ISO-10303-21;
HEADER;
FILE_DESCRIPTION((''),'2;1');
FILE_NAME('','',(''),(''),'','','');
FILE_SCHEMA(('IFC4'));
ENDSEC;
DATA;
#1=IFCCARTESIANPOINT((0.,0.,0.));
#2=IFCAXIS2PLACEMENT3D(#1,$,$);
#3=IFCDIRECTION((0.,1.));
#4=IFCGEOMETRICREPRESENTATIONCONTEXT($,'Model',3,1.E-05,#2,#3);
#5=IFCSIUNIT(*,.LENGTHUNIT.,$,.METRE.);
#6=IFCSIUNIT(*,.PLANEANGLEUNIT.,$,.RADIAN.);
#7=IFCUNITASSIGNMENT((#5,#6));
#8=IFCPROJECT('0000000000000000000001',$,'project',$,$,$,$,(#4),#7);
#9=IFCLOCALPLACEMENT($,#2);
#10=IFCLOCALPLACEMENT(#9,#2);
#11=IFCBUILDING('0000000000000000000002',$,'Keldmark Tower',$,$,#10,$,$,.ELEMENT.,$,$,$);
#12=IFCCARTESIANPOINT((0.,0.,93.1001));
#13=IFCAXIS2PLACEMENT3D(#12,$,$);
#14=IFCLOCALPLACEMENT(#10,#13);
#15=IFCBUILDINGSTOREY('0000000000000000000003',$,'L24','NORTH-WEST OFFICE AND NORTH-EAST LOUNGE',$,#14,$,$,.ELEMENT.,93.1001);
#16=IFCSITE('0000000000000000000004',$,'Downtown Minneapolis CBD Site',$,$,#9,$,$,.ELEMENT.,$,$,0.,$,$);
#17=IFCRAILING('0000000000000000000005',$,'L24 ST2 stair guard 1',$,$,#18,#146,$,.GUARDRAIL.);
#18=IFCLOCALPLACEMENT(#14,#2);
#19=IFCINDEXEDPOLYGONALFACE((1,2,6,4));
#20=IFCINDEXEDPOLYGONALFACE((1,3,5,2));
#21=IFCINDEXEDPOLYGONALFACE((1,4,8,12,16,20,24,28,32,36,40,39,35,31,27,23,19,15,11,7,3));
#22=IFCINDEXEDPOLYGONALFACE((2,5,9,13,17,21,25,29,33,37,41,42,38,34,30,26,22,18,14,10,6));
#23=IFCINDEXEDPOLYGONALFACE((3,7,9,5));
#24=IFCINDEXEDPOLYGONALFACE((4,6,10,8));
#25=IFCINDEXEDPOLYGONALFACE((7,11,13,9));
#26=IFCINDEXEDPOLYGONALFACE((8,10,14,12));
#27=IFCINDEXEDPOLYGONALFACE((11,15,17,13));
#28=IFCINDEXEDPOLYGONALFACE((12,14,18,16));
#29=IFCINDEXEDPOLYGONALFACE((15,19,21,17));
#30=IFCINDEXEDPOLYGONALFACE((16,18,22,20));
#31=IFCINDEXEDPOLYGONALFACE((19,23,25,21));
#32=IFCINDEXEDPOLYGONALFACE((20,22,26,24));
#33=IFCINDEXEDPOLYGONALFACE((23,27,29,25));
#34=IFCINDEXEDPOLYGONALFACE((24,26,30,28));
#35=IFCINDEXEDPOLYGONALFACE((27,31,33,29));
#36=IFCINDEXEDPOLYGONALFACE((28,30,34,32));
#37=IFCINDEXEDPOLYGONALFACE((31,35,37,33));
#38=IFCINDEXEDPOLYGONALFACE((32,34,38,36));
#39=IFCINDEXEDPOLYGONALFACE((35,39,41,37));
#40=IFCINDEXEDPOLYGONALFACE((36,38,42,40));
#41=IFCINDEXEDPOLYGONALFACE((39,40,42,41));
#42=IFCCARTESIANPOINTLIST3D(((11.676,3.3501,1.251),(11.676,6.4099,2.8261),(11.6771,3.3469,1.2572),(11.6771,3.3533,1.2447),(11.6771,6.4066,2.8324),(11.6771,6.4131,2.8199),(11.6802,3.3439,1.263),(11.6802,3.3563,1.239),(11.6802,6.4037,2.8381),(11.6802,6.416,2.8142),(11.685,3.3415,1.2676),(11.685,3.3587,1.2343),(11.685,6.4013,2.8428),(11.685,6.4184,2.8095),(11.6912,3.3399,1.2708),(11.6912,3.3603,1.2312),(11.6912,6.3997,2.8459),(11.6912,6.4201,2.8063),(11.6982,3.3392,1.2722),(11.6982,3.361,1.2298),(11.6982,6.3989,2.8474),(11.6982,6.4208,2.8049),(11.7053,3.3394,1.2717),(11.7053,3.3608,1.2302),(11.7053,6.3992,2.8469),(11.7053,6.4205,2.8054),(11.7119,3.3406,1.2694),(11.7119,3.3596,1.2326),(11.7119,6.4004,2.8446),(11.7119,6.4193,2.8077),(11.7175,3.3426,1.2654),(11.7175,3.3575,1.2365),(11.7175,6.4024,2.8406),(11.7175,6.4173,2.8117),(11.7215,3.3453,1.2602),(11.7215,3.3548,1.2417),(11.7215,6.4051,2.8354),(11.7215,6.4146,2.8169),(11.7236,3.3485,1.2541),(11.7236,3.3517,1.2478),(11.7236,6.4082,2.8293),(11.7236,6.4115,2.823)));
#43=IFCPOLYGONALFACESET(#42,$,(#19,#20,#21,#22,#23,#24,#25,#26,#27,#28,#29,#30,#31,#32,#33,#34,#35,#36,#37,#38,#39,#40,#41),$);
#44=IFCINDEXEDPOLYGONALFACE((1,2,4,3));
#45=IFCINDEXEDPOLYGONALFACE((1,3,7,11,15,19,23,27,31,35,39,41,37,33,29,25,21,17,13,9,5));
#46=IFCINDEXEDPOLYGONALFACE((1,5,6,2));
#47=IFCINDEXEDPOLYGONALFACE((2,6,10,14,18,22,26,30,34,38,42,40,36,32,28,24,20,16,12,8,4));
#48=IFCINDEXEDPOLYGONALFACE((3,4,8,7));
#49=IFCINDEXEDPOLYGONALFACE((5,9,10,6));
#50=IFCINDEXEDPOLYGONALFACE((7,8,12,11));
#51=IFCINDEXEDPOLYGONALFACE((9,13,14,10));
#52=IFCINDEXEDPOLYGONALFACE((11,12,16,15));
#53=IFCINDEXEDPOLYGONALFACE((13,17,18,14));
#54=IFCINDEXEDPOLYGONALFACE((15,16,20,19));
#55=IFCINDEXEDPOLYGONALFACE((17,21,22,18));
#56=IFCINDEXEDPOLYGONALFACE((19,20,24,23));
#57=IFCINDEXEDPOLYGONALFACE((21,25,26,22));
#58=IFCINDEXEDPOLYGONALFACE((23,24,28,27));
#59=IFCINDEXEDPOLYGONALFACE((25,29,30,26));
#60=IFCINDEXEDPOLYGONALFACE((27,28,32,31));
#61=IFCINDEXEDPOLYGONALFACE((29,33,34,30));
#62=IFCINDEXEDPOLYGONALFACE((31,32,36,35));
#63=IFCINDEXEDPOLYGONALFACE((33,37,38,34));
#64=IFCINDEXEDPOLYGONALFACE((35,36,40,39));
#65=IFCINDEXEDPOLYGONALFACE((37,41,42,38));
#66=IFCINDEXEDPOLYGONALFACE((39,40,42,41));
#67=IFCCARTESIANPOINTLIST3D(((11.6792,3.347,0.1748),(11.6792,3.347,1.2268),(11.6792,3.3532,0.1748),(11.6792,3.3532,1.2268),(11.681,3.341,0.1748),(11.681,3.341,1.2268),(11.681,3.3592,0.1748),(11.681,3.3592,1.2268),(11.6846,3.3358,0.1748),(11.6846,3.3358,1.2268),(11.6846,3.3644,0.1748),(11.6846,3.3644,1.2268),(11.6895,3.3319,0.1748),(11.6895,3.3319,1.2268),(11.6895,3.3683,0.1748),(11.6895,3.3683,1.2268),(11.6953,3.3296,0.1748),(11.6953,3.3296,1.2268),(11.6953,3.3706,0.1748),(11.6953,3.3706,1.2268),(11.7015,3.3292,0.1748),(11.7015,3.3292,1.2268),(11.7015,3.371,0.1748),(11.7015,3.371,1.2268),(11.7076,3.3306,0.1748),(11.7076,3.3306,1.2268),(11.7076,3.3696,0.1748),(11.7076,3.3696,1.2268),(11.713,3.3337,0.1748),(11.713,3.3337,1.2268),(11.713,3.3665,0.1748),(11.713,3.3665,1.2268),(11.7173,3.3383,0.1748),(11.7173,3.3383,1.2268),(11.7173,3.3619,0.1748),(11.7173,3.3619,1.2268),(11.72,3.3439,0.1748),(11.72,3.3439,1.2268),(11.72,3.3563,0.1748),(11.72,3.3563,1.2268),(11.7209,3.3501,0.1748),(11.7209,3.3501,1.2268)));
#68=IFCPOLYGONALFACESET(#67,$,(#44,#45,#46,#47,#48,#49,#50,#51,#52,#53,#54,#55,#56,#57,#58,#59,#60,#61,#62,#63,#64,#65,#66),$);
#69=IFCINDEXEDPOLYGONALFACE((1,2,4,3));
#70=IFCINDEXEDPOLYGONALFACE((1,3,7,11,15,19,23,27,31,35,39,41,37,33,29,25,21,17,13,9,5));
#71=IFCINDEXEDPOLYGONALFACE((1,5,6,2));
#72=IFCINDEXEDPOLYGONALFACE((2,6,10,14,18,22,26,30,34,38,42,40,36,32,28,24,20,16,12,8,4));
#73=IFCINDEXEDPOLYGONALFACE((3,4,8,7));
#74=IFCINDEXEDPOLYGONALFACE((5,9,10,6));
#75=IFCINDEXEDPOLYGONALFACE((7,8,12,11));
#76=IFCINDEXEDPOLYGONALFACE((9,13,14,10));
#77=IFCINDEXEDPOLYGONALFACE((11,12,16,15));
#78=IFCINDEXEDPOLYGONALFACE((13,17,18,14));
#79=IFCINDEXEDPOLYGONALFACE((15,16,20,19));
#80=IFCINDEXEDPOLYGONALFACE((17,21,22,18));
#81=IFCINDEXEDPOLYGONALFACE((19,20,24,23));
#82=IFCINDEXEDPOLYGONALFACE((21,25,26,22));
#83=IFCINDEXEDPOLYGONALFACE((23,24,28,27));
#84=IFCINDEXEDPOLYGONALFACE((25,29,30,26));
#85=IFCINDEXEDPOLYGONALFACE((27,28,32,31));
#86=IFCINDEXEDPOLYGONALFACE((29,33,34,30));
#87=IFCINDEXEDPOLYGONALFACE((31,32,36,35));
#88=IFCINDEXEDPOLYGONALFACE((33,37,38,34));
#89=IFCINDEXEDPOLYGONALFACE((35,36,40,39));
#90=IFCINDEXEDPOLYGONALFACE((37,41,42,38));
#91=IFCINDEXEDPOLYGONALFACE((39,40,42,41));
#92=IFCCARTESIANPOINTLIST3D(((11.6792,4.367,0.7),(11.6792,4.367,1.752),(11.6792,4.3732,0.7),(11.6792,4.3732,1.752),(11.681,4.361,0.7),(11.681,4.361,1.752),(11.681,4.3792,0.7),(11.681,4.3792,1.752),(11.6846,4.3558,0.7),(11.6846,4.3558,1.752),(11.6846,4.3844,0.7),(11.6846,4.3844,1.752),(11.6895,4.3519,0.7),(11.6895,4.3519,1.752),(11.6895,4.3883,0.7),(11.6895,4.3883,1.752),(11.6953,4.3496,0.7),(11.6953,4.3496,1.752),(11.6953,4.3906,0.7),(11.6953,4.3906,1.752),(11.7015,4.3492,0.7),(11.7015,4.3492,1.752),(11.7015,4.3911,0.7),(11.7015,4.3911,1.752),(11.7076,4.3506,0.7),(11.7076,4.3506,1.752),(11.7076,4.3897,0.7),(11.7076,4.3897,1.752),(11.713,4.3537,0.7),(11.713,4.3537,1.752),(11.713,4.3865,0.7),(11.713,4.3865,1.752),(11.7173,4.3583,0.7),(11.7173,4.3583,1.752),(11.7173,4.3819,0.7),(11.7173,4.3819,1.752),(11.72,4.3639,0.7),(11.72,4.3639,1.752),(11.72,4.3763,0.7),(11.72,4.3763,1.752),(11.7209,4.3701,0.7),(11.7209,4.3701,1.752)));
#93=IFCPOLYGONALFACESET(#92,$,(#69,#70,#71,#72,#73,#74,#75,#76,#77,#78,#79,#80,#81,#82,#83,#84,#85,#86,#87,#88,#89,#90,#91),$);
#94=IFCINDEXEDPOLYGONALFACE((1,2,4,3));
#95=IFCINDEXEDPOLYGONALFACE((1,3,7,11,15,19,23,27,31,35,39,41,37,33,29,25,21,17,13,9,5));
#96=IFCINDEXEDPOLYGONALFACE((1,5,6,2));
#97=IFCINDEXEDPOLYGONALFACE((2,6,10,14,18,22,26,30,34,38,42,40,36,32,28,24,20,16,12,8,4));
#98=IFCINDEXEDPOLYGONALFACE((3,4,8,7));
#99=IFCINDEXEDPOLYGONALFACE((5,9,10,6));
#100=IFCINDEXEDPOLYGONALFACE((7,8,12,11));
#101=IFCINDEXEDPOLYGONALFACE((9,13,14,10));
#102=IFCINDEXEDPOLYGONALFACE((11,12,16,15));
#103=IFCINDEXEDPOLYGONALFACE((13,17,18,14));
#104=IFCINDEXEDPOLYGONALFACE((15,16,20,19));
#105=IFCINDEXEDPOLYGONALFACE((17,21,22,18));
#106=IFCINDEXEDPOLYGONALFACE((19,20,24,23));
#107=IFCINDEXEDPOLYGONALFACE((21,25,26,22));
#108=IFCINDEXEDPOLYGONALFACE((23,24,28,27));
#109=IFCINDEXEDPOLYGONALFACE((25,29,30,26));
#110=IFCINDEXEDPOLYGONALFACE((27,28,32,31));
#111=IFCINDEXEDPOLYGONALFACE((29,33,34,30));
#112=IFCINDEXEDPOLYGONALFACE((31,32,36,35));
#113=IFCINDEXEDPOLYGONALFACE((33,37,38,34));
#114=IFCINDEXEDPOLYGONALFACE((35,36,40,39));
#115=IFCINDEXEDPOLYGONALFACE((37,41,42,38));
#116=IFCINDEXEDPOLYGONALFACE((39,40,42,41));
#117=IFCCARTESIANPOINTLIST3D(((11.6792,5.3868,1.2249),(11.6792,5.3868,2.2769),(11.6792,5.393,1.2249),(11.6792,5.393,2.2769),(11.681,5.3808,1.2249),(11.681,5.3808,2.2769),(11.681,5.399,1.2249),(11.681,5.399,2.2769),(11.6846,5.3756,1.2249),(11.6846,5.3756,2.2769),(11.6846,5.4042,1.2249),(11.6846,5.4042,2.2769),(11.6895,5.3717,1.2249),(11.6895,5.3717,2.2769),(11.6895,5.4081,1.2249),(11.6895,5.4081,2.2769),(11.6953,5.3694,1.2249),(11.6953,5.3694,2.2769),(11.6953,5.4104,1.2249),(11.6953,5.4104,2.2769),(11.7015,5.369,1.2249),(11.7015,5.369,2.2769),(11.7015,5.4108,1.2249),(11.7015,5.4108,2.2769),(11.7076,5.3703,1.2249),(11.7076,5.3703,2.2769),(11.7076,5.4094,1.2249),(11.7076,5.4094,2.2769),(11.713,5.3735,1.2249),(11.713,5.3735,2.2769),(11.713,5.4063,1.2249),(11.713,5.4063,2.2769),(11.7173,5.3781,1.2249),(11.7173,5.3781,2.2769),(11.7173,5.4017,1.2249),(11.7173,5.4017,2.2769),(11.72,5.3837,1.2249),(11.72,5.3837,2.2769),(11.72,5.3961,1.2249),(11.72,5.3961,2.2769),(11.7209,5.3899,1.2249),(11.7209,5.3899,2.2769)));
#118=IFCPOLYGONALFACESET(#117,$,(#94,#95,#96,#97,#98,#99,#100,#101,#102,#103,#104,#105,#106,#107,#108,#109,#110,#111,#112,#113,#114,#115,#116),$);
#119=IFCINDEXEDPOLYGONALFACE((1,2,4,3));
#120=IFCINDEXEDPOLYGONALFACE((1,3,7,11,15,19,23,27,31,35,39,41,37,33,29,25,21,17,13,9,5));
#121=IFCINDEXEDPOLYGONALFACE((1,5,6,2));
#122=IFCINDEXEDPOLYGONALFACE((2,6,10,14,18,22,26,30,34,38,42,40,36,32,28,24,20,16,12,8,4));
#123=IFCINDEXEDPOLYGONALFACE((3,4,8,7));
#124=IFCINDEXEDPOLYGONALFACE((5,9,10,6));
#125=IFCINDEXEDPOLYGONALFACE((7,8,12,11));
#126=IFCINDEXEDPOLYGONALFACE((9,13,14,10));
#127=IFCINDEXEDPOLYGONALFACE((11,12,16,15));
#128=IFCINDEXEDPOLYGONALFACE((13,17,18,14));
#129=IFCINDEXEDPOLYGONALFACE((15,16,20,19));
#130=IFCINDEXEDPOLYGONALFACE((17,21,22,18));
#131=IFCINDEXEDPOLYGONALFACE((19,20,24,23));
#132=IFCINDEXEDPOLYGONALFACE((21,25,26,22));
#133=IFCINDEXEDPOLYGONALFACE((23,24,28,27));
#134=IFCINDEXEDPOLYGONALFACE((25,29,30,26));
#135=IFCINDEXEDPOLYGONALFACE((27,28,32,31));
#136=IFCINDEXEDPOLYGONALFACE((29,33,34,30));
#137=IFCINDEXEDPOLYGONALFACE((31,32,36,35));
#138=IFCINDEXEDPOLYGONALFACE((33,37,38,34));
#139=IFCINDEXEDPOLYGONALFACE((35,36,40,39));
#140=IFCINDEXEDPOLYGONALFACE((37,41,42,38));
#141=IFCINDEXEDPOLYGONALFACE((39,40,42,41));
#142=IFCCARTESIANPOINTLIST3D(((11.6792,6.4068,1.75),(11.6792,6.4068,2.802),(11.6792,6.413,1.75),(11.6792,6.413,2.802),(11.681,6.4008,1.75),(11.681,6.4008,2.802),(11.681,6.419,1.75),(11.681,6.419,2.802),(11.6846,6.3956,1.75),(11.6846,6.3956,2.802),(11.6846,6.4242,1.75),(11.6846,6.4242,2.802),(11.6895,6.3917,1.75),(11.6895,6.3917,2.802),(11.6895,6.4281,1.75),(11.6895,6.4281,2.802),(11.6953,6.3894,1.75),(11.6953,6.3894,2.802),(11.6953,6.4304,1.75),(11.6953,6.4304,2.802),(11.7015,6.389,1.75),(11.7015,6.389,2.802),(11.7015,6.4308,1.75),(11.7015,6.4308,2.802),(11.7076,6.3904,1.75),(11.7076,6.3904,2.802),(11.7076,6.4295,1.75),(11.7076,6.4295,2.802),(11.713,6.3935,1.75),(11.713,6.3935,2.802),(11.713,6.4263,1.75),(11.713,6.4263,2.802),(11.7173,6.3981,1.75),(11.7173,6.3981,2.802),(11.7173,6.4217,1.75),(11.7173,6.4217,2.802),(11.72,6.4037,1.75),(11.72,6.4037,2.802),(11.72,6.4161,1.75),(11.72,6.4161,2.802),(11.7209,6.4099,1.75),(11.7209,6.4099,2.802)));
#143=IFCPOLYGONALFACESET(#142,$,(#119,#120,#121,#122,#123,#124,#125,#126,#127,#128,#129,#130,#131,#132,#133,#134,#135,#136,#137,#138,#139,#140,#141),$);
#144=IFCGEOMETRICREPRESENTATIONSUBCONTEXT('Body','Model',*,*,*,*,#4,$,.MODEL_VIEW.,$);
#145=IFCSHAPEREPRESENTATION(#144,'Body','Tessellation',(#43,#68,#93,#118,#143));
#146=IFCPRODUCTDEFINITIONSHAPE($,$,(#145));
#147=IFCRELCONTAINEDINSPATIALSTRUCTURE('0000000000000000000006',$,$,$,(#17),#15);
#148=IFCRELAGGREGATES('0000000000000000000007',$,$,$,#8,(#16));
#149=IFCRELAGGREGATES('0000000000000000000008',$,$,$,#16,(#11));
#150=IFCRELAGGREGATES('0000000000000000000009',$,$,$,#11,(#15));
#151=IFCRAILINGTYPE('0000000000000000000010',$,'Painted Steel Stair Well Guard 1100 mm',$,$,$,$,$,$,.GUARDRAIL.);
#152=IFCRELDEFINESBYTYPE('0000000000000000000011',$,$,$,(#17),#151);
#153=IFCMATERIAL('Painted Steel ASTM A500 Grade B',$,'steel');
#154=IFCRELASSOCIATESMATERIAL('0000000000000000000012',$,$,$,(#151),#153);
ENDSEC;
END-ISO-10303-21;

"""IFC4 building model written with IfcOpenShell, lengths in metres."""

from ifc_helpers import new_model, si_unit, direction, frame, origin, origin_2d, place, context, subcontext, project, spatial, circle, extrude, material, type_object, element, save


model = new_model("IFC4")

# Units and contexts
model_context = context("Model", 3, precision=1e-05, world=origin(), true_north=direction((0.0, 1.0)))
body_context = subcontext(model_context, "Body", "Model", "MODEL_VIEW")
ifc_project = project(units=[si_unit("LENGTHUNIT", "METRE"), si_unit("PLANEANGLEUNIT", "RADIAN")], contexts=[model_context])

# Site, building, storey
site_placement = place(None, origin())
site = spatial("IfcSite", under=ifc_project, at=site_placement, Name="Downtown Minneapolis CBD Site", CompositionType="ELEMENT", RefElevation=0.0)
building_placement = place(site_placement, origin())
building = spatial("IfcBuilding", under=site, at=building_placement, Name="Keldmark Tower", CompositionType="ELEMENT")
storey_placement = place(building_placement, frame((0.0, 0.0, 93.1001)))
storey = spatial("IfcBuildingStorey", under=building, at=storey_placement, Name="L24", Description="NORTH-WEST OFFICE AND NORTH-EAST LOUNGE", CompositionType="ELEMENT", Elevation=93.1001)

# Railing
ifc_material_1 = material(Name="Painted Steel ASTM A500 Grade B", Category="steel")
railing_type_1 = type_object("IfcRailingType", Name="Painted Steel Stair Well Guard 1100 mm", PredefinedType="GUARDRAIL", material=ifc_material_1)
railing_1_placement = place(storey_placement, frame((11.7, 3.3501, 0.1748)))
element("IfcRailing", 1, at=railing_1_placement, inside=storey, type_object=railing_type_1, Name="L24 ST2 stair guard 1", PredefinedType="GUARDRAIL", context=body_context, shape_type="SweptSolid", body=[
    extrude(circle(Radius=0.0239, at=origin_2d()), frame((0.0, 0.0, 1.0762), z_axis=(0.0, 0.889101, 0.45771), x_axis=(-1.0, 0.0, 0.0)), (0.0, 0.0, 1.0), 3.4414),
    extrude(circle(Radius=0.021, at=origin_2d()), origin(), (0.0, 0.0, 1.0), 1.052),
    extrude(circle(Radius=0.021, at=origin_2d()), frame((0.0, 1.02, 0.5251)), (0.0, 0.0, 1.0), 1.052),
    extrude(circle(Radius=0.021, at=origin_2d()), frame((0.0, 2.0398, 1.05)), (0.0, 0.0, 1.0), 1.052),
    extrude(circle(Radius=0.021, at=origin_2d()), frame((0.0, 3.0598, 1.5752)), (0.0, 0.0, 1.0), 1.052),
])

save(model, "model.ifc")
